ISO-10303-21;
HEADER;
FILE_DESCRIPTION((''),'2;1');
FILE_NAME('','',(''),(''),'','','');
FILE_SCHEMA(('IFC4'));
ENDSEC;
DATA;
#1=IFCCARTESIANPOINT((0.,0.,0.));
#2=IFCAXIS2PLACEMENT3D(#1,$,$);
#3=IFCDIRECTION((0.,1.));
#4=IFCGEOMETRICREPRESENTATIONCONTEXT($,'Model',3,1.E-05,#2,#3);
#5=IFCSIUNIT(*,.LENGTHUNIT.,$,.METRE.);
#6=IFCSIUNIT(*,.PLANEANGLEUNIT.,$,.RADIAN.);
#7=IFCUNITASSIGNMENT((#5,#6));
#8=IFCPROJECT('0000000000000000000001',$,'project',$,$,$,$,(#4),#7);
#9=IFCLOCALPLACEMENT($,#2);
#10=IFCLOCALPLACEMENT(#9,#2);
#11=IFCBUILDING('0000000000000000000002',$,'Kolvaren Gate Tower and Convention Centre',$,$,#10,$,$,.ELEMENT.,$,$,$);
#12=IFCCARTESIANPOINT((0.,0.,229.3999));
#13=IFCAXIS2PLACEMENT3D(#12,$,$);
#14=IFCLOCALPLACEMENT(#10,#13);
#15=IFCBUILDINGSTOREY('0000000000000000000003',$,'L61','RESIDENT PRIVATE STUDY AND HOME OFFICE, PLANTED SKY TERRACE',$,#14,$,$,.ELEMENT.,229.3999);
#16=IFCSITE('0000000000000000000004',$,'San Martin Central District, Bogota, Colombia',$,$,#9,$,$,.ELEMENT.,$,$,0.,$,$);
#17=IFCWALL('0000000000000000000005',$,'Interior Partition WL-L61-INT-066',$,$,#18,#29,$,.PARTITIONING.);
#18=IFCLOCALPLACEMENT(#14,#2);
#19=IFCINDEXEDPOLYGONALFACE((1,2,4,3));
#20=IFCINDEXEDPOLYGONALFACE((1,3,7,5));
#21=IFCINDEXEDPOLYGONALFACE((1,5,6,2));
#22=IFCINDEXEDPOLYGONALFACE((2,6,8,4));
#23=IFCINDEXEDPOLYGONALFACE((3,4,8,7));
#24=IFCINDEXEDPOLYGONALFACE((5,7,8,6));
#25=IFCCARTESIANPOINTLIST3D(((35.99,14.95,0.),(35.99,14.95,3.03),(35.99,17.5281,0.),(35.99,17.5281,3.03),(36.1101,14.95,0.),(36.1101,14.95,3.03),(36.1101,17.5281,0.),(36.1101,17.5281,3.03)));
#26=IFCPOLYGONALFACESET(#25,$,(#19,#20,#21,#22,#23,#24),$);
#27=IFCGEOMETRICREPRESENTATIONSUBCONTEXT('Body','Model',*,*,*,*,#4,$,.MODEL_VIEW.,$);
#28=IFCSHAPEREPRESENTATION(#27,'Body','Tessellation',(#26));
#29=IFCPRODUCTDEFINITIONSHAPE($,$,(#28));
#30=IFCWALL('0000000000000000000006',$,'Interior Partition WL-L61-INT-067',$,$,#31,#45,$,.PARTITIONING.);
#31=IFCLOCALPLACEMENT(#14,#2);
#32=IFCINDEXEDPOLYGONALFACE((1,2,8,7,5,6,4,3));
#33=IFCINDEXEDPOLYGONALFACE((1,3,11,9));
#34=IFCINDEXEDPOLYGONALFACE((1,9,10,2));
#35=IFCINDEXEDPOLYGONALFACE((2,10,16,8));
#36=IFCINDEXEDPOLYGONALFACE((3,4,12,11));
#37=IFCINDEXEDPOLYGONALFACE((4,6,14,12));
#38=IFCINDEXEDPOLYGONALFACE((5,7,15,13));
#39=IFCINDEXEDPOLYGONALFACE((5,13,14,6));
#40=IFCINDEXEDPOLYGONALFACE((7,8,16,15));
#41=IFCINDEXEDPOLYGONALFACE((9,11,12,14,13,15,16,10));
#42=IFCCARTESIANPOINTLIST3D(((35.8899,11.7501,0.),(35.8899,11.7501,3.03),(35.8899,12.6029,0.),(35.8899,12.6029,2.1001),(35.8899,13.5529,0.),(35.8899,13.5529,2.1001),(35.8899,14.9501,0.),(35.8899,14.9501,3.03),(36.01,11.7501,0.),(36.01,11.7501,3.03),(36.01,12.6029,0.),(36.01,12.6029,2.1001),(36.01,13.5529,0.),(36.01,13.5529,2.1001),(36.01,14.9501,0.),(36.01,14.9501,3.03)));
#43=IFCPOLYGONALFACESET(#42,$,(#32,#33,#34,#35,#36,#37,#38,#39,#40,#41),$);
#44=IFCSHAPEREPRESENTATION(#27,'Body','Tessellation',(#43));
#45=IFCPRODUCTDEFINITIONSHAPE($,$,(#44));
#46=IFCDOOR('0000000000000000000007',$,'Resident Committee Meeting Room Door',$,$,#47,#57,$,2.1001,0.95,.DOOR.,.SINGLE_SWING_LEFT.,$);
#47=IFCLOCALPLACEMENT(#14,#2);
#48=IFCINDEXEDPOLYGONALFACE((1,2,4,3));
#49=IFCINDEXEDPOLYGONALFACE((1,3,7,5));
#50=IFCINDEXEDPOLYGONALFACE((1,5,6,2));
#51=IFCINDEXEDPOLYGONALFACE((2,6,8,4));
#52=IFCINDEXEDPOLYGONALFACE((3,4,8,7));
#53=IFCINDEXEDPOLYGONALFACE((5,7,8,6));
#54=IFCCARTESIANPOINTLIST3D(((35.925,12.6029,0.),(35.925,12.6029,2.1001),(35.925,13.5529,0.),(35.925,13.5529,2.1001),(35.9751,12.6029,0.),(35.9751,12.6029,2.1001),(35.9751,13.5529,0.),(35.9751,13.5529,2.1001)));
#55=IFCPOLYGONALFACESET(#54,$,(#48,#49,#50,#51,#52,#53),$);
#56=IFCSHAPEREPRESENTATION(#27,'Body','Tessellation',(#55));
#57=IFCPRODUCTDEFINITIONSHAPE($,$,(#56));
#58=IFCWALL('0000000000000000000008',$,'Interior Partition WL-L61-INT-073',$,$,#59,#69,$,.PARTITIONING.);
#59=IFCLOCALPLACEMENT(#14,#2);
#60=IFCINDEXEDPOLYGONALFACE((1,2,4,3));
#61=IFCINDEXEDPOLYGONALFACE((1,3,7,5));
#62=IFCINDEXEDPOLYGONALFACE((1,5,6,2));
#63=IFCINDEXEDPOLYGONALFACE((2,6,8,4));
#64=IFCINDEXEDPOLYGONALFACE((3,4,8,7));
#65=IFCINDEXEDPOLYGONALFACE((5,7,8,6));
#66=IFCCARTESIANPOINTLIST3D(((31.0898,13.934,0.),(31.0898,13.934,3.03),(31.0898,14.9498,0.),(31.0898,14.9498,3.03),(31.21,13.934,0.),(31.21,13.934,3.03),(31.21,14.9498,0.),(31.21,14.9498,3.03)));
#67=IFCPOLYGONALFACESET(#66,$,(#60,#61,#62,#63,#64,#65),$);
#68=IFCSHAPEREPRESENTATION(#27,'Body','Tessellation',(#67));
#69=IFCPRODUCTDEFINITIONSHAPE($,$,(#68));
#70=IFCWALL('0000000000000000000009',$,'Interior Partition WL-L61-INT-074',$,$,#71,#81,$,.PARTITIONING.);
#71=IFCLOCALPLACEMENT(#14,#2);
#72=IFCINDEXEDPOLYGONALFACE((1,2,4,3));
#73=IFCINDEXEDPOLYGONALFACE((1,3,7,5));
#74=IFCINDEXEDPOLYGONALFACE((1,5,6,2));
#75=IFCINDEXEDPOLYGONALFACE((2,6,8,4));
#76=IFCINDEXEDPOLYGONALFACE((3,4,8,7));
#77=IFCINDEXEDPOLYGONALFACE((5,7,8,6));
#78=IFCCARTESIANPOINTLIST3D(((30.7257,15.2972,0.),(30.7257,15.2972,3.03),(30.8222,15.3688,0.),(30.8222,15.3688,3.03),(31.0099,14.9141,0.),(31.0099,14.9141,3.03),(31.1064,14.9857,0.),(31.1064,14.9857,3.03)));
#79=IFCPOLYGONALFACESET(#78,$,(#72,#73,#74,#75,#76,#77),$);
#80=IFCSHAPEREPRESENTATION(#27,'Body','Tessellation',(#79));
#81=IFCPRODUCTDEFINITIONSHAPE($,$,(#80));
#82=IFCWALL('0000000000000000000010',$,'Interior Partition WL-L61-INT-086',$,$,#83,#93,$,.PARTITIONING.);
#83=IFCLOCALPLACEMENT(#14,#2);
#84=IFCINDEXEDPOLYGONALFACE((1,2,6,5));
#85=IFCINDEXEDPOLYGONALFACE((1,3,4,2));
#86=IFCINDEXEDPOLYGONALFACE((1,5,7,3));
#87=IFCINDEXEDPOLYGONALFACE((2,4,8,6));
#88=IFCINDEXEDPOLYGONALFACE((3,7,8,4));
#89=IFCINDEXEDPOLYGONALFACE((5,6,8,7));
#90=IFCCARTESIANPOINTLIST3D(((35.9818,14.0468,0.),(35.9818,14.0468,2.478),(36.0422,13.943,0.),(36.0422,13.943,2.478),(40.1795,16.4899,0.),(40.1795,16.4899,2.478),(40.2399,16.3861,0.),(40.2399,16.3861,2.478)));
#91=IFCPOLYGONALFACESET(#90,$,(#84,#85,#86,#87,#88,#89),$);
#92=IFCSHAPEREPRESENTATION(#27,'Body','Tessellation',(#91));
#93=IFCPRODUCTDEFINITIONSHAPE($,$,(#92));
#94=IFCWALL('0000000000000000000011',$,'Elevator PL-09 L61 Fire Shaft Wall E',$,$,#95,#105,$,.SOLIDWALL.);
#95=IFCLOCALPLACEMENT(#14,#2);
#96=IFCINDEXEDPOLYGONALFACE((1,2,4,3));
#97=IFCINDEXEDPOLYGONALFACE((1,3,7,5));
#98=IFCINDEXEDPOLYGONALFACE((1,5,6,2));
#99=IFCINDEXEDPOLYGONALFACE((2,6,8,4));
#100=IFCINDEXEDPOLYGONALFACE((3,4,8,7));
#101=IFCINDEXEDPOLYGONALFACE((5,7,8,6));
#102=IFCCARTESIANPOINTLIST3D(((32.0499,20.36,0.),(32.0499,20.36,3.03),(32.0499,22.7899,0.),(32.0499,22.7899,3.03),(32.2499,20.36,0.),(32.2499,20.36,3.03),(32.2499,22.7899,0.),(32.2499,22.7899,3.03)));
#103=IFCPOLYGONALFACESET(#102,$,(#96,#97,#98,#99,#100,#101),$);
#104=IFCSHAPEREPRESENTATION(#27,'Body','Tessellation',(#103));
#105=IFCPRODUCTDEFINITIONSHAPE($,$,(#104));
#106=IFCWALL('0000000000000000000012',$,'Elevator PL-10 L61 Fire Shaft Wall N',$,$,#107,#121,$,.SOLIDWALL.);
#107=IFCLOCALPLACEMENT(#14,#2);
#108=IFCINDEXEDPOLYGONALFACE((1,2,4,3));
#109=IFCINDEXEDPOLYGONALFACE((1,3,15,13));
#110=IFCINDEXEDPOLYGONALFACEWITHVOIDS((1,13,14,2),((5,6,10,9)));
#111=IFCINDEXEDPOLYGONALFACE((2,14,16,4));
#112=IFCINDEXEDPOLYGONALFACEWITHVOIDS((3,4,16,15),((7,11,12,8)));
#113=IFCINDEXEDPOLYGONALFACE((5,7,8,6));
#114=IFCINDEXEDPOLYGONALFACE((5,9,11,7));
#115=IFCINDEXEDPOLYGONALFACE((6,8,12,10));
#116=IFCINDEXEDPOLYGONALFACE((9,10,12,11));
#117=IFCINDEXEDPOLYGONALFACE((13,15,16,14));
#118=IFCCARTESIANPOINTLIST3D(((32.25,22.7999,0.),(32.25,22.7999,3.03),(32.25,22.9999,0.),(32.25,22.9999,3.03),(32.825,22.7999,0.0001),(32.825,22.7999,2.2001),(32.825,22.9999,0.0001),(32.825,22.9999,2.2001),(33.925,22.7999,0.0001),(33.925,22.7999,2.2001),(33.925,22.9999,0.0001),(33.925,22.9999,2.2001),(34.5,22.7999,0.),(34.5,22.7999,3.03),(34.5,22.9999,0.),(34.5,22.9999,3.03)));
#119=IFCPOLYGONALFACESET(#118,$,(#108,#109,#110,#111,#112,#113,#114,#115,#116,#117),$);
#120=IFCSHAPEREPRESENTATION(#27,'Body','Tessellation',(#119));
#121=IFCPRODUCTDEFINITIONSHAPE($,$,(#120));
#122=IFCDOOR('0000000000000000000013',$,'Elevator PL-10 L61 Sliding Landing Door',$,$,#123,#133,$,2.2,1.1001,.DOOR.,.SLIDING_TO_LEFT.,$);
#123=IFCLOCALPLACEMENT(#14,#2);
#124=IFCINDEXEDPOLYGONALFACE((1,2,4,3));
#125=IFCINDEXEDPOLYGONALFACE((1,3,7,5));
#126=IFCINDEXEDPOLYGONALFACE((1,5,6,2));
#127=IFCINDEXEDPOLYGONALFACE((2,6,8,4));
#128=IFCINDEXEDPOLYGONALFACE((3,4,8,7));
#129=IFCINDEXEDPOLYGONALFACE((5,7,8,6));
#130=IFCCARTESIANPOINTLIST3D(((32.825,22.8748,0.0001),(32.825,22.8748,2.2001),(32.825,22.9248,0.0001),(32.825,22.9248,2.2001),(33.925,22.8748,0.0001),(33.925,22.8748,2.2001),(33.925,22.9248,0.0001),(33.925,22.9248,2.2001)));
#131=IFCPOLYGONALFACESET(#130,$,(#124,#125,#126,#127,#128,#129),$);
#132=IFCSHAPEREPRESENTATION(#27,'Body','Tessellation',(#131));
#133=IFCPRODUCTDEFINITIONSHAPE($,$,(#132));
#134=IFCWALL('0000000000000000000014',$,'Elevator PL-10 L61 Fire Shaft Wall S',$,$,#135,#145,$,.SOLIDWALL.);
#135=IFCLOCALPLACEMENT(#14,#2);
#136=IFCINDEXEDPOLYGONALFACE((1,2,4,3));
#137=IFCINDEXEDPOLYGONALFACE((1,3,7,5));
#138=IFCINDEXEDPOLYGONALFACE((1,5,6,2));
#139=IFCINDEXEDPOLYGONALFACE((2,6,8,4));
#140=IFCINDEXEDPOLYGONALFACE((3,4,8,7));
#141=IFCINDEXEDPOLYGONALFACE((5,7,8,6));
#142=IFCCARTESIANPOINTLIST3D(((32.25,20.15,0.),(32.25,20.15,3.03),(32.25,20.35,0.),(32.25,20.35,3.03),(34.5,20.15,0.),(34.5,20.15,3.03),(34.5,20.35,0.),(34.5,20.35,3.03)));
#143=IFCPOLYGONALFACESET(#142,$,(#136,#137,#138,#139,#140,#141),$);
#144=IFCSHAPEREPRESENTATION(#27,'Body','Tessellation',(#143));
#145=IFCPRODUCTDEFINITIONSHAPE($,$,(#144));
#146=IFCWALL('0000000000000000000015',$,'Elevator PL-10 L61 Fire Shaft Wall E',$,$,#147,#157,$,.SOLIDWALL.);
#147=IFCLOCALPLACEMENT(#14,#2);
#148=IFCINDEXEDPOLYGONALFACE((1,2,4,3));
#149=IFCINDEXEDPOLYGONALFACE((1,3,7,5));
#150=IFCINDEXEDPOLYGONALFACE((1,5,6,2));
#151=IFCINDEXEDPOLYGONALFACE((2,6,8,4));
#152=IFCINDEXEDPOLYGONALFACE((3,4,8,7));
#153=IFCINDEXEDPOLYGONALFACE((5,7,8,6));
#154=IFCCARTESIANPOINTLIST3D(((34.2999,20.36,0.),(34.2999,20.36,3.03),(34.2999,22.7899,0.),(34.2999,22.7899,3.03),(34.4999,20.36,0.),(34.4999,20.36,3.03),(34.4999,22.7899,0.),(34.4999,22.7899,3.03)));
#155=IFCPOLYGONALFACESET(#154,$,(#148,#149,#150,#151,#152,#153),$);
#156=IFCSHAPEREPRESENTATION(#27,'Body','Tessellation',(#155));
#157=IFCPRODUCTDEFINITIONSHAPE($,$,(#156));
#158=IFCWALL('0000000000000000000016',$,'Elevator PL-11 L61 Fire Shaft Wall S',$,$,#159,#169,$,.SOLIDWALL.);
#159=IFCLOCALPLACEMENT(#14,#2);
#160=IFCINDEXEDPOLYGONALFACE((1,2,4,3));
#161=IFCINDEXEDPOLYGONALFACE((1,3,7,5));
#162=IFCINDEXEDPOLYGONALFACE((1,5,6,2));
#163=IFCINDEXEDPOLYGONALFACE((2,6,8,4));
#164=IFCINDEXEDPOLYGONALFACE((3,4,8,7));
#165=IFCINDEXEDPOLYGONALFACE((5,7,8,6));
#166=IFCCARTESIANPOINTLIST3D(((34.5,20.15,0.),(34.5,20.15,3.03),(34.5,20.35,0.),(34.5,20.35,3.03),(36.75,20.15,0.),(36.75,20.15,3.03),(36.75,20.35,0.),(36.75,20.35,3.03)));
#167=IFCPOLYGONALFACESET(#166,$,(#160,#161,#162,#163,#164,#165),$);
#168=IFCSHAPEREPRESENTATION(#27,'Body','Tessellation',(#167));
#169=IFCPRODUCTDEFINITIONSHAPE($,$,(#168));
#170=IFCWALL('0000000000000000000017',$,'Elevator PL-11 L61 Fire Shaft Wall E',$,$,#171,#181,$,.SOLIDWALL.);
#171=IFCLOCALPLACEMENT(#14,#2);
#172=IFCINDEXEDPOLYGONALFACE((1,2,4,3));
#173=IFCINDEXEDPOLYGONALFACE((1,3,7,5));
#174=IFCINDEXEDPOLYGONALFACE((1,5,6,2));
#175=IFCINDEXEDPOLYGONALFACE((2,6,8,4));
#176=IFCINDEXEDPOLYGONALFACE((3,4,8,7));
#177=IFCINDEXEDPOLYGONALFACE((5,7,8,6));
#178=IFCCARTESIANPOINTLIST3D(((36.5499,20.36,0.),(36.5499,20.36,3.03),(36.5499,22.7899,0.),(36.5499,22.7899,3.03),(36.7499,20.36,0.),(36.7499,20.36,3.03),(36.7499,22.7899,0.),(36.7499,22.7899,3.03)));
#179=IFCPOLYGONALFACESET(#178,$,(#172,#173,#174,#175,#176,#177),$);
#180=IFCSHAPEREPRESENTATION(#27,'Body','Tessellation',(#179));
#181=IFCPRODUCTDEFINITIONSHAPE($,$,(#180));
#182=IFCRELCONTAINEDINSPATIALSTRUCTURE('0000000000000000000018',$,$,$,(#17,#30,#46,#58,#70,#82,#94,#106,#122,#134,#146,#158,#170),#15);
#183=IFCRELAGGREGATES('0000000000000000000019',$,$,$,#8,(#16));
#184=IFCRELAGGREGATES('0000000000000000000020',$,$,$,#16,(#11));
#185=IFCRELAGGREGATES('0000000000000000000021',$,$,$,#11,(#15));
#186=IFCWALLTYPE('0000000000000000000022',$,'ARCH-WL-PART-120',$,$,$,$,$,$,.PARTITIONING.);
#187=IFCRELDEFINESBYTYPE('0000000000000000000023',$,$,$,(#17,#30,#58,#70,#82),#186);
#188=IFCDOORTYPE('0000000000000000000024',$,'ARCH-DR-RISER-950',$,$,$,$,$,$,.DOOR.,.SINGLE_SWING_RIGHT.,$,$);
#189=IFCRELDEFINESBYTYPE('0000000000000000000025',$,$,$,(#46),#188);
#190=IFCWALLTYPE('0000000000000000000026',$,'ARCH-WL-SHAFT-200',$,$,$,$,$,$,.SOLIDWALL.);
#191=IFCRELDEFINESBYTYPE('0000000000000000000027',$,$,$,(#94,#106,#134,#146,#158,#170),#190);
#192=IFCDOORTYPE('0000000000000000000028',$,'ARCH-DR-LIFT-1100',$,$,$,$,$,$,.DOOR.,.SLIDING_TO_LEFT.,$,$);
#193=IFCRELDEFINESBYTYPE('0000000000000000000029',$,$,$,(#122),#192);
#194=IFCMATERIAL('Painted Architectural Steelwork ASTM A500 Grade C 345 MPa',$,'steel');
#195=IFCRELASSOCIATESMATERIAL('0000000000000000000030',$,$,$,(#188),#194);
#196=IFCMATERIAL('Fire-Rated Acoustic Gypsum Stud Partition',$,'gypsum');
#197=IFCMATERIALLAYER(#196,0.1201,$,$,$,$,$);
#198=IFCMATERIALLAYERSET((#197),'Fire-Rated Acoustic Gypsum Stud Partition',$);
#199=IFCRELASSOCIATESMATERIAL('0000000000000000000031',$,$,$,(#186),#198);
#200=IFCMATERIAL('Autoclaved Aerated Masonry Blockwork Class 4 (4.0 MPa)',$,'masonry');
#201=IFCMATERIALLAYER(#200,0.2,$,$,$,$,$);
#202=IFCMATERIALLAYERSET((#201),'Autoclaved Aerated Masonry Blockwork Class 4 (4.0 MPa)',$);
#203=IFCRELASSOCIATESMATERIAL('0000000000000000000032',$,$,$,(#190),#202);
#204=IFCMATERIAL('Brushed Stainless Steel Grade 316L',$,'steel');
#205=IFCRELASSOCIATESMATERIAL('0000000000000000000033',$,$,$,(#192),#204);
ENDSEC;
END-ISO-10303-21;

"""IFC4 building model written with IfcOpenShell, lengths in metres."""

from ifc_helpers import new_model, si_unit, direction, frame, frame_2d, origin, place, context, subcontext, project, spatial, rectangle, extrude, material, layer, layer_set, type_object, element, fill, save


model = new_model("IFC4")

# Units and contexts
model_context = context("Model", 3, precision=1e-05, world=origin(), true_north=direction((0.0, 1.0)))
body_context = subcontext(model_context, "Body", "Model", "MODEL_VIEW")
ifc_project = project(units=[si_unit("LENGTHUNIT", "METRE"), si_unit("PLANEANGLEUNIT", "RADIAN")], contexts=[model_context])

# Site, building, storey
site_placement = place(None, origin())
site = spatial("IfcSite", under=ifc_project, at=site_placement, Name="San Martin Central District, Bogota, Colombia", CompositionType="ELEMENT", RefElevation=0.0)
building_placement = place(site_placement, origin())
building = spatial("IfcBuilding", under=site, at=building_placement, Name="Kolvaren Gate Tower and Convention Centre", CompositionType="ELEMENT")
storey_placement = place(building_placement, frame((0.0, 0.0, 229.3999)))
storey = spatial("IfcBuildingStorey", under=building, at=storey_placement, Name="L61", Description="RESIDENT PRIVATE STUDY AND HOME OFFICE, PLANTED SKY TERRACE", CompositionType="ELEMENT", Elevation=229.3999)

# Shared definitions
ifc_material_1 = material(Name="Autoclaved Aerated Masonry Blockwork Class 4 (4.0 MPa)", Category="masonry")
ifc_material_2 = material(Name="Painted Architectural Steelwork ASTM A500 Grade C 345 MPa", Category="steel")
door_type_1 = type_object("IfcDoorType", Name="ARCH-DR-RISER-950", OperationType="SINGLE_SWING_RIGHT", PredefinedType="DOOR", material=ifc_material_2)

# Wall
ifc_material_3 = material(Name="Fire-Rated Acoustic Gypsum Stud Partition", Category="gypsum")
ifc_layer_1 = layer(ifc_material_3, 0.1201)
ifc_layer_set_1 = layer_set([ifc_layer_1], Name="Fire-Rated Acoustic Gypsum Stud Partition")
wall_type_1 = type_object("IfcWallType", Name="ARCH-WL-PART-120", PredefinedType="PARTITIONING", material=ifc_layer_set_1)
wall_1_placement = place(storey_placement, frame((36.05, 14.95, 0.0), z_axis=(0.0, 0.0, 1.0), x_axis=(0.0, 1.0, 0.0)))
element("IfcWall", 1, at=wall_1_placement, inside=storey, type_object=wall_type_1, Name="Interior Partition WL-L61-INT-066", PredefinedType="PARTITIONING", context=body_context, shape_type="SweptSolid", body=[
    extrude(rectangle(XDim=2.5781, YDim=0.1201, at=frame_2d((1.2891, 0.0))), origin(), (0.0, 0.0, 1.0), 3.03),
])

# Wall, opening, door
wall_2_placement = place(storey_placement, frame((35.95, 11.75, 0.0), z_axis=(0.0, 0.0, 1.0), x_axis=(0.0, 1.0, 0.0)))
wall_2 = element("IfcWall", 2, at=wall_2_placement, inside=storey, type_object=wall_type_1, Name="Interior Partition WL-L61-INT-067", PredefinedType="PARTITIONING", context=body_context, shape_type="SweptSolid", body=[
    extrude(rectangle(XDim=3.2, YDim=0.1201, at=frame_2d((1.6001, 0.0))), origin(), (0.0, 0.0, 1.0), 3.03),
])
opening_1_placement = place(wall_2_placement, frame((0.8528, 0.0, 0.0)))
opening_1 = element("IfcOpeningElement", 3, at=opening_1_placement, cuts=wall_2, PredefinedType="OPENING", context=body_context, shape_type="SweptSolid", body=[
    extrude(rectangle(XDim=0.95, YDim=2.1001, at=frame_2d((0.4751, 1.05))), frame((0.0, 0.0701, 0.0), z_axis=(0.0, -1.0, 0.0), x_axis=(1.0, 0.0, 0.0)), (0.0, 0.0, 1.0), 0.1401),
])
door_1_placement = place(opening_1_placement, origin())
door_1 = element("IfcDoor", 4, at=door_1_placement, inside=storey, type_object=door_type_1, Name="Resident Committee Meeting Room Door", OperationType="SINGLE_SWING_LEFT", OverallHeight=2.1001, OverallWidth=0.95, PredefinedType="DOOR", context=body_context, shape_type="SweptSolid", body=[
    extrude(rectangle(XDim=0.95, YDim=2.1001, at=frame_2d((0.4751, 1.05))), frame((0.0, 0.0249, 0.0), z_axis=(0.0, -1.0, 0.0), x_axis=(1.0, 0.0, 0.0)), (0.0, 0.0, 1.0), 0.05),
])
fill(opening_1, door_1)

# Walls
wall_3_placement = place(storey_placement, frame((31.1499, 13.9341, 0.0), z_axis=(0.0, 0.0, 1.0), x_axis=(0.0, 1.0, 0.0)))
element("IfcWall", 5, at=wall_3_placement, inside=storey, type_object=wall_type_1, Name="Interior Partition WL-L61-INT-073", PredefinedType="PARTITIONING", context=body_context, shape_type="SweptSolid", body=[
    extrude(rectangle(XDim=1.0159, YDim=0.1201, at=frame_2d((0.5078, 0.0))), origin(), (0.0, 0.0, 1.0), 3.03),
])
wall_4_placement = place(storey_placement, frame((30.7739, 15.333, 0.0), z_axis=(0.0, 0.0, 1.0), x_axis=(0.595815, -0.803122, 0.0)))
element("IfcWall", 6, at=wall_4_placement, inside=storey, type_object=wall_type_1, Name="Interior Partition WL-L61-INT-074", PredefinedType="PARTITIONING", context=body_context, shape_type="SweptSolid", body=[
    extrude(rectangle(XDim=0.4771, YDim=0.1201, at=frame_2d((0.2385, 0.0))), origin(), (0.0, 0.0, 1.0), 3.03),
])
wall_5_placement = place(storey_placement, frame((36.012, 13.9949, 0.0), z_axis=(0.0, 0.0, 1.0), x_axis=(0.864278, 0.503014, 0.0)))
element("IfcWall", 7, at=wall_5_placement, inside=storey, type_object=wall_type_1, Name="Interior Partition WL-L61-INT-086", PredefinedType="PARTITIONING", context=body_context, shape_type="SweptSolid", body=[
    extrude(rectangle(XDim=4.8569, YDim=0.1201, at=frame_2d((2.4285, 0.0))), origin(), (0.0, 0.0, 1.0), 2.478),
])
ifc_layer_2 = layer(ifc_material_1, 0.2)
ifc_layer_set_2 = layer_set([ifc_layer_2], Name="Autoclaved Aerated Masonry Blockwork Class 4 (4.0 MPa)")
wall_type_2 = type_object("IfcWallType", Name="ARCH-WL-SHAFT-200", PredefinedType="SOLIDWALL", material=ifc_layer_set_2)
wall_6_placement = place(storey_placement, frame((32.1499, 20.3601, 0.0), z_axis=(0.0, 0.0, 1.0), x_axis=(0.0, 1.0, 0.0)))
element("IfcWall", 8, at=wall_6_placement, inside=storey, type_object=wall_type_2, Name="Elevator PL-09 L61 Fire Shaft Wall E", PredefinedType="SOLIDWALL", context=body_context, shape_type="SweptSolid", body=[
    extrude(rectangle(XDim=2.4299, YDim=0.2, at=frame_2d((1.2148, 0.0))), origin(), (0.0, 0.0, 1.0), 3.03),
])

# Wall, opening, door
wall_7_placement = place(storey_placement, frame((32.25, 22.8999, 0.0), z_axis=(0.0, 0.0, 1.0), x_axis=(1.0, 0.0, 0.0)))
wall_7 = element("IfcWall", 9, at=wall_7_placement, inside=storey, type_object=wall_type_2, Name="Elevator PL-10 L61 Fire Shaft Wall N", PredefinedType="SOLIDWALL", context=body_context, shape_type="SweptSolid", body=[
    extrude(rectangle(XDim=2.25, YDim=0.2, at=frame_2d((1.125, 0.0))), origin(), (0.0, 0.0, 1.0), 3.03),
])
opening_2_placement = place(wall_7_placement, frame((0.575, 0.0, 0.0)))
opening_2 = element("IfcOpeningElement", 10, at=opening_2_placement, cuts=wall_7, PredefinedType="OPENING", context=body_context, shape_type="SweptSolid", body=[
    extrude(rectangle(XDim=1.1001, YDim=2.2, at=frame_2d((0.55, 1.1001))), frame((0.0, 0.1099, 0.0), z_axis=(0.0, -1.0, 0.0), x_axis=(1.0, 0.0, 0.0)), (0.0, 0.0, 1.0), 0.22),
])
ifc_material_4 = material(Name="Brushed Stainless Steel Grade 316L", Category="steel")
door_type_2 = type_object("IfcDoorType", Name="ARCH-DR-LIFT-1100", OperationType="SLIDING_TO_LEFT", PredefinedType="DOOR", material=ifc_material_4)
door_2_placement = place(opening_2_placement, origin())
door_2 = element("IfcDoor", 11, at=door_2_placement, inside=storey, type_object=door_type_2, Name="Elevator PL-10 L61 Sliding Landing Door", OperationType="SLIDING_TO_LEFT", OverallHeight=2.2, OverallWidth=1.1001, PredefinedType="DOOR", context=body_context, shape_type="SweptSolid", body=[
    extrude(rectangle(XDim=1.1001, YDim=2.2, at=frame_2d((0.55, 1.1001))), frame((0.0, 0.0249, 0.0), z_axis=(0.0, -1.0, 0.0), x_axis=(1.0, 0.0, 0.0)), (0.0, 0.0, 1.0), 0.05),
])
fill(opening_2, door_2)

# Walls
wall_8_placement = place(storey_placement, frame((32.25, 20.25, 0.0), z_axis=(0.0, 0.0, 1.0), x_axis=(1.0, 0.0, 0.0)))
element("IfcWall", 12, at=wall_8_placement, inside=storey, type_object=wall_type_2, Name="Elevator PL-10 L61 Fire Shaft Wall S", PredefinedType="SOLIDWALL", context=body_context, shape_type="SweptSolid", body=[
    extrude(rectangle(XDim=2.25, YDim=0.2, at=frame_2d((1.125, 0.0))), origin(), (0.0, 0.0, 1.0), 3.03),
])
wall_9_placement = place(storey_placement, frame((34.3999, 20.3601, 0.0), z_axis=(0.0, 0.0, 1.0), x_axis=(0.0, 1.0, 0.0)))
element("IfcWall", 13, at=wall_9_placement, inside=storey, type_object=wall_type_2, Name="Elevator PL-10 L61 Fire Shaft Wall E", PredefinedType="SOLIDWALL", context=body_context, shape_type="SweptSolid", body=[
    extrude(rectangle(XDim=2.4299, YDim=0.2, at=frame_2d((1.2148, 0.0))), origin(), (0.0, 0.0, 1.0), 3.03),
])
wall_10_placement = place(storey_placement, frame((34.5, 20.25, 0.0), z_axis=(0.0, 0.0, 1.0), x_axis=(1.0, 0.0, 0.0)))
element("IfcWall", 14, at=wall_10_placement, inside=storey, type_object=wall_type_2, Name="Elevator PL-11 L61 Fire Shaft Wall S", PredefinedType="SOLIDWALL", context=body_context, shape_type="SweptSolid", body=[
    extrude(rectangle(XDim=2.25, YDim=0.2, at=frame_2d((1.125, 0.0))), origin(), (0.0, 0.0, 1.0), 3.03),
])
wall_11_placement = place(storey_placement, frame((36.6499, 20.3601, 0.0), z_axis=(0.0, 0.0, 1.0), x_axis=(0.0, 1.0, 0.0)))
element("IfcWall", 15, at=wall_11_placement, inside=storey, type_object=wall_type_2, Name="Elevator PL-11 L61 Fire Shaft Wall E", PredefinedType="SOLIDWALL", context=body_context, shape_type="SweptSolid", body=[
    extrude(rectangle(XDim=2.4299, YDim=0.2, at=frame_2d((1.2148, 0.0))), origin(), (0.0, 0.0, 1.0), 3.03),
])

save(model, "model.ifc")
